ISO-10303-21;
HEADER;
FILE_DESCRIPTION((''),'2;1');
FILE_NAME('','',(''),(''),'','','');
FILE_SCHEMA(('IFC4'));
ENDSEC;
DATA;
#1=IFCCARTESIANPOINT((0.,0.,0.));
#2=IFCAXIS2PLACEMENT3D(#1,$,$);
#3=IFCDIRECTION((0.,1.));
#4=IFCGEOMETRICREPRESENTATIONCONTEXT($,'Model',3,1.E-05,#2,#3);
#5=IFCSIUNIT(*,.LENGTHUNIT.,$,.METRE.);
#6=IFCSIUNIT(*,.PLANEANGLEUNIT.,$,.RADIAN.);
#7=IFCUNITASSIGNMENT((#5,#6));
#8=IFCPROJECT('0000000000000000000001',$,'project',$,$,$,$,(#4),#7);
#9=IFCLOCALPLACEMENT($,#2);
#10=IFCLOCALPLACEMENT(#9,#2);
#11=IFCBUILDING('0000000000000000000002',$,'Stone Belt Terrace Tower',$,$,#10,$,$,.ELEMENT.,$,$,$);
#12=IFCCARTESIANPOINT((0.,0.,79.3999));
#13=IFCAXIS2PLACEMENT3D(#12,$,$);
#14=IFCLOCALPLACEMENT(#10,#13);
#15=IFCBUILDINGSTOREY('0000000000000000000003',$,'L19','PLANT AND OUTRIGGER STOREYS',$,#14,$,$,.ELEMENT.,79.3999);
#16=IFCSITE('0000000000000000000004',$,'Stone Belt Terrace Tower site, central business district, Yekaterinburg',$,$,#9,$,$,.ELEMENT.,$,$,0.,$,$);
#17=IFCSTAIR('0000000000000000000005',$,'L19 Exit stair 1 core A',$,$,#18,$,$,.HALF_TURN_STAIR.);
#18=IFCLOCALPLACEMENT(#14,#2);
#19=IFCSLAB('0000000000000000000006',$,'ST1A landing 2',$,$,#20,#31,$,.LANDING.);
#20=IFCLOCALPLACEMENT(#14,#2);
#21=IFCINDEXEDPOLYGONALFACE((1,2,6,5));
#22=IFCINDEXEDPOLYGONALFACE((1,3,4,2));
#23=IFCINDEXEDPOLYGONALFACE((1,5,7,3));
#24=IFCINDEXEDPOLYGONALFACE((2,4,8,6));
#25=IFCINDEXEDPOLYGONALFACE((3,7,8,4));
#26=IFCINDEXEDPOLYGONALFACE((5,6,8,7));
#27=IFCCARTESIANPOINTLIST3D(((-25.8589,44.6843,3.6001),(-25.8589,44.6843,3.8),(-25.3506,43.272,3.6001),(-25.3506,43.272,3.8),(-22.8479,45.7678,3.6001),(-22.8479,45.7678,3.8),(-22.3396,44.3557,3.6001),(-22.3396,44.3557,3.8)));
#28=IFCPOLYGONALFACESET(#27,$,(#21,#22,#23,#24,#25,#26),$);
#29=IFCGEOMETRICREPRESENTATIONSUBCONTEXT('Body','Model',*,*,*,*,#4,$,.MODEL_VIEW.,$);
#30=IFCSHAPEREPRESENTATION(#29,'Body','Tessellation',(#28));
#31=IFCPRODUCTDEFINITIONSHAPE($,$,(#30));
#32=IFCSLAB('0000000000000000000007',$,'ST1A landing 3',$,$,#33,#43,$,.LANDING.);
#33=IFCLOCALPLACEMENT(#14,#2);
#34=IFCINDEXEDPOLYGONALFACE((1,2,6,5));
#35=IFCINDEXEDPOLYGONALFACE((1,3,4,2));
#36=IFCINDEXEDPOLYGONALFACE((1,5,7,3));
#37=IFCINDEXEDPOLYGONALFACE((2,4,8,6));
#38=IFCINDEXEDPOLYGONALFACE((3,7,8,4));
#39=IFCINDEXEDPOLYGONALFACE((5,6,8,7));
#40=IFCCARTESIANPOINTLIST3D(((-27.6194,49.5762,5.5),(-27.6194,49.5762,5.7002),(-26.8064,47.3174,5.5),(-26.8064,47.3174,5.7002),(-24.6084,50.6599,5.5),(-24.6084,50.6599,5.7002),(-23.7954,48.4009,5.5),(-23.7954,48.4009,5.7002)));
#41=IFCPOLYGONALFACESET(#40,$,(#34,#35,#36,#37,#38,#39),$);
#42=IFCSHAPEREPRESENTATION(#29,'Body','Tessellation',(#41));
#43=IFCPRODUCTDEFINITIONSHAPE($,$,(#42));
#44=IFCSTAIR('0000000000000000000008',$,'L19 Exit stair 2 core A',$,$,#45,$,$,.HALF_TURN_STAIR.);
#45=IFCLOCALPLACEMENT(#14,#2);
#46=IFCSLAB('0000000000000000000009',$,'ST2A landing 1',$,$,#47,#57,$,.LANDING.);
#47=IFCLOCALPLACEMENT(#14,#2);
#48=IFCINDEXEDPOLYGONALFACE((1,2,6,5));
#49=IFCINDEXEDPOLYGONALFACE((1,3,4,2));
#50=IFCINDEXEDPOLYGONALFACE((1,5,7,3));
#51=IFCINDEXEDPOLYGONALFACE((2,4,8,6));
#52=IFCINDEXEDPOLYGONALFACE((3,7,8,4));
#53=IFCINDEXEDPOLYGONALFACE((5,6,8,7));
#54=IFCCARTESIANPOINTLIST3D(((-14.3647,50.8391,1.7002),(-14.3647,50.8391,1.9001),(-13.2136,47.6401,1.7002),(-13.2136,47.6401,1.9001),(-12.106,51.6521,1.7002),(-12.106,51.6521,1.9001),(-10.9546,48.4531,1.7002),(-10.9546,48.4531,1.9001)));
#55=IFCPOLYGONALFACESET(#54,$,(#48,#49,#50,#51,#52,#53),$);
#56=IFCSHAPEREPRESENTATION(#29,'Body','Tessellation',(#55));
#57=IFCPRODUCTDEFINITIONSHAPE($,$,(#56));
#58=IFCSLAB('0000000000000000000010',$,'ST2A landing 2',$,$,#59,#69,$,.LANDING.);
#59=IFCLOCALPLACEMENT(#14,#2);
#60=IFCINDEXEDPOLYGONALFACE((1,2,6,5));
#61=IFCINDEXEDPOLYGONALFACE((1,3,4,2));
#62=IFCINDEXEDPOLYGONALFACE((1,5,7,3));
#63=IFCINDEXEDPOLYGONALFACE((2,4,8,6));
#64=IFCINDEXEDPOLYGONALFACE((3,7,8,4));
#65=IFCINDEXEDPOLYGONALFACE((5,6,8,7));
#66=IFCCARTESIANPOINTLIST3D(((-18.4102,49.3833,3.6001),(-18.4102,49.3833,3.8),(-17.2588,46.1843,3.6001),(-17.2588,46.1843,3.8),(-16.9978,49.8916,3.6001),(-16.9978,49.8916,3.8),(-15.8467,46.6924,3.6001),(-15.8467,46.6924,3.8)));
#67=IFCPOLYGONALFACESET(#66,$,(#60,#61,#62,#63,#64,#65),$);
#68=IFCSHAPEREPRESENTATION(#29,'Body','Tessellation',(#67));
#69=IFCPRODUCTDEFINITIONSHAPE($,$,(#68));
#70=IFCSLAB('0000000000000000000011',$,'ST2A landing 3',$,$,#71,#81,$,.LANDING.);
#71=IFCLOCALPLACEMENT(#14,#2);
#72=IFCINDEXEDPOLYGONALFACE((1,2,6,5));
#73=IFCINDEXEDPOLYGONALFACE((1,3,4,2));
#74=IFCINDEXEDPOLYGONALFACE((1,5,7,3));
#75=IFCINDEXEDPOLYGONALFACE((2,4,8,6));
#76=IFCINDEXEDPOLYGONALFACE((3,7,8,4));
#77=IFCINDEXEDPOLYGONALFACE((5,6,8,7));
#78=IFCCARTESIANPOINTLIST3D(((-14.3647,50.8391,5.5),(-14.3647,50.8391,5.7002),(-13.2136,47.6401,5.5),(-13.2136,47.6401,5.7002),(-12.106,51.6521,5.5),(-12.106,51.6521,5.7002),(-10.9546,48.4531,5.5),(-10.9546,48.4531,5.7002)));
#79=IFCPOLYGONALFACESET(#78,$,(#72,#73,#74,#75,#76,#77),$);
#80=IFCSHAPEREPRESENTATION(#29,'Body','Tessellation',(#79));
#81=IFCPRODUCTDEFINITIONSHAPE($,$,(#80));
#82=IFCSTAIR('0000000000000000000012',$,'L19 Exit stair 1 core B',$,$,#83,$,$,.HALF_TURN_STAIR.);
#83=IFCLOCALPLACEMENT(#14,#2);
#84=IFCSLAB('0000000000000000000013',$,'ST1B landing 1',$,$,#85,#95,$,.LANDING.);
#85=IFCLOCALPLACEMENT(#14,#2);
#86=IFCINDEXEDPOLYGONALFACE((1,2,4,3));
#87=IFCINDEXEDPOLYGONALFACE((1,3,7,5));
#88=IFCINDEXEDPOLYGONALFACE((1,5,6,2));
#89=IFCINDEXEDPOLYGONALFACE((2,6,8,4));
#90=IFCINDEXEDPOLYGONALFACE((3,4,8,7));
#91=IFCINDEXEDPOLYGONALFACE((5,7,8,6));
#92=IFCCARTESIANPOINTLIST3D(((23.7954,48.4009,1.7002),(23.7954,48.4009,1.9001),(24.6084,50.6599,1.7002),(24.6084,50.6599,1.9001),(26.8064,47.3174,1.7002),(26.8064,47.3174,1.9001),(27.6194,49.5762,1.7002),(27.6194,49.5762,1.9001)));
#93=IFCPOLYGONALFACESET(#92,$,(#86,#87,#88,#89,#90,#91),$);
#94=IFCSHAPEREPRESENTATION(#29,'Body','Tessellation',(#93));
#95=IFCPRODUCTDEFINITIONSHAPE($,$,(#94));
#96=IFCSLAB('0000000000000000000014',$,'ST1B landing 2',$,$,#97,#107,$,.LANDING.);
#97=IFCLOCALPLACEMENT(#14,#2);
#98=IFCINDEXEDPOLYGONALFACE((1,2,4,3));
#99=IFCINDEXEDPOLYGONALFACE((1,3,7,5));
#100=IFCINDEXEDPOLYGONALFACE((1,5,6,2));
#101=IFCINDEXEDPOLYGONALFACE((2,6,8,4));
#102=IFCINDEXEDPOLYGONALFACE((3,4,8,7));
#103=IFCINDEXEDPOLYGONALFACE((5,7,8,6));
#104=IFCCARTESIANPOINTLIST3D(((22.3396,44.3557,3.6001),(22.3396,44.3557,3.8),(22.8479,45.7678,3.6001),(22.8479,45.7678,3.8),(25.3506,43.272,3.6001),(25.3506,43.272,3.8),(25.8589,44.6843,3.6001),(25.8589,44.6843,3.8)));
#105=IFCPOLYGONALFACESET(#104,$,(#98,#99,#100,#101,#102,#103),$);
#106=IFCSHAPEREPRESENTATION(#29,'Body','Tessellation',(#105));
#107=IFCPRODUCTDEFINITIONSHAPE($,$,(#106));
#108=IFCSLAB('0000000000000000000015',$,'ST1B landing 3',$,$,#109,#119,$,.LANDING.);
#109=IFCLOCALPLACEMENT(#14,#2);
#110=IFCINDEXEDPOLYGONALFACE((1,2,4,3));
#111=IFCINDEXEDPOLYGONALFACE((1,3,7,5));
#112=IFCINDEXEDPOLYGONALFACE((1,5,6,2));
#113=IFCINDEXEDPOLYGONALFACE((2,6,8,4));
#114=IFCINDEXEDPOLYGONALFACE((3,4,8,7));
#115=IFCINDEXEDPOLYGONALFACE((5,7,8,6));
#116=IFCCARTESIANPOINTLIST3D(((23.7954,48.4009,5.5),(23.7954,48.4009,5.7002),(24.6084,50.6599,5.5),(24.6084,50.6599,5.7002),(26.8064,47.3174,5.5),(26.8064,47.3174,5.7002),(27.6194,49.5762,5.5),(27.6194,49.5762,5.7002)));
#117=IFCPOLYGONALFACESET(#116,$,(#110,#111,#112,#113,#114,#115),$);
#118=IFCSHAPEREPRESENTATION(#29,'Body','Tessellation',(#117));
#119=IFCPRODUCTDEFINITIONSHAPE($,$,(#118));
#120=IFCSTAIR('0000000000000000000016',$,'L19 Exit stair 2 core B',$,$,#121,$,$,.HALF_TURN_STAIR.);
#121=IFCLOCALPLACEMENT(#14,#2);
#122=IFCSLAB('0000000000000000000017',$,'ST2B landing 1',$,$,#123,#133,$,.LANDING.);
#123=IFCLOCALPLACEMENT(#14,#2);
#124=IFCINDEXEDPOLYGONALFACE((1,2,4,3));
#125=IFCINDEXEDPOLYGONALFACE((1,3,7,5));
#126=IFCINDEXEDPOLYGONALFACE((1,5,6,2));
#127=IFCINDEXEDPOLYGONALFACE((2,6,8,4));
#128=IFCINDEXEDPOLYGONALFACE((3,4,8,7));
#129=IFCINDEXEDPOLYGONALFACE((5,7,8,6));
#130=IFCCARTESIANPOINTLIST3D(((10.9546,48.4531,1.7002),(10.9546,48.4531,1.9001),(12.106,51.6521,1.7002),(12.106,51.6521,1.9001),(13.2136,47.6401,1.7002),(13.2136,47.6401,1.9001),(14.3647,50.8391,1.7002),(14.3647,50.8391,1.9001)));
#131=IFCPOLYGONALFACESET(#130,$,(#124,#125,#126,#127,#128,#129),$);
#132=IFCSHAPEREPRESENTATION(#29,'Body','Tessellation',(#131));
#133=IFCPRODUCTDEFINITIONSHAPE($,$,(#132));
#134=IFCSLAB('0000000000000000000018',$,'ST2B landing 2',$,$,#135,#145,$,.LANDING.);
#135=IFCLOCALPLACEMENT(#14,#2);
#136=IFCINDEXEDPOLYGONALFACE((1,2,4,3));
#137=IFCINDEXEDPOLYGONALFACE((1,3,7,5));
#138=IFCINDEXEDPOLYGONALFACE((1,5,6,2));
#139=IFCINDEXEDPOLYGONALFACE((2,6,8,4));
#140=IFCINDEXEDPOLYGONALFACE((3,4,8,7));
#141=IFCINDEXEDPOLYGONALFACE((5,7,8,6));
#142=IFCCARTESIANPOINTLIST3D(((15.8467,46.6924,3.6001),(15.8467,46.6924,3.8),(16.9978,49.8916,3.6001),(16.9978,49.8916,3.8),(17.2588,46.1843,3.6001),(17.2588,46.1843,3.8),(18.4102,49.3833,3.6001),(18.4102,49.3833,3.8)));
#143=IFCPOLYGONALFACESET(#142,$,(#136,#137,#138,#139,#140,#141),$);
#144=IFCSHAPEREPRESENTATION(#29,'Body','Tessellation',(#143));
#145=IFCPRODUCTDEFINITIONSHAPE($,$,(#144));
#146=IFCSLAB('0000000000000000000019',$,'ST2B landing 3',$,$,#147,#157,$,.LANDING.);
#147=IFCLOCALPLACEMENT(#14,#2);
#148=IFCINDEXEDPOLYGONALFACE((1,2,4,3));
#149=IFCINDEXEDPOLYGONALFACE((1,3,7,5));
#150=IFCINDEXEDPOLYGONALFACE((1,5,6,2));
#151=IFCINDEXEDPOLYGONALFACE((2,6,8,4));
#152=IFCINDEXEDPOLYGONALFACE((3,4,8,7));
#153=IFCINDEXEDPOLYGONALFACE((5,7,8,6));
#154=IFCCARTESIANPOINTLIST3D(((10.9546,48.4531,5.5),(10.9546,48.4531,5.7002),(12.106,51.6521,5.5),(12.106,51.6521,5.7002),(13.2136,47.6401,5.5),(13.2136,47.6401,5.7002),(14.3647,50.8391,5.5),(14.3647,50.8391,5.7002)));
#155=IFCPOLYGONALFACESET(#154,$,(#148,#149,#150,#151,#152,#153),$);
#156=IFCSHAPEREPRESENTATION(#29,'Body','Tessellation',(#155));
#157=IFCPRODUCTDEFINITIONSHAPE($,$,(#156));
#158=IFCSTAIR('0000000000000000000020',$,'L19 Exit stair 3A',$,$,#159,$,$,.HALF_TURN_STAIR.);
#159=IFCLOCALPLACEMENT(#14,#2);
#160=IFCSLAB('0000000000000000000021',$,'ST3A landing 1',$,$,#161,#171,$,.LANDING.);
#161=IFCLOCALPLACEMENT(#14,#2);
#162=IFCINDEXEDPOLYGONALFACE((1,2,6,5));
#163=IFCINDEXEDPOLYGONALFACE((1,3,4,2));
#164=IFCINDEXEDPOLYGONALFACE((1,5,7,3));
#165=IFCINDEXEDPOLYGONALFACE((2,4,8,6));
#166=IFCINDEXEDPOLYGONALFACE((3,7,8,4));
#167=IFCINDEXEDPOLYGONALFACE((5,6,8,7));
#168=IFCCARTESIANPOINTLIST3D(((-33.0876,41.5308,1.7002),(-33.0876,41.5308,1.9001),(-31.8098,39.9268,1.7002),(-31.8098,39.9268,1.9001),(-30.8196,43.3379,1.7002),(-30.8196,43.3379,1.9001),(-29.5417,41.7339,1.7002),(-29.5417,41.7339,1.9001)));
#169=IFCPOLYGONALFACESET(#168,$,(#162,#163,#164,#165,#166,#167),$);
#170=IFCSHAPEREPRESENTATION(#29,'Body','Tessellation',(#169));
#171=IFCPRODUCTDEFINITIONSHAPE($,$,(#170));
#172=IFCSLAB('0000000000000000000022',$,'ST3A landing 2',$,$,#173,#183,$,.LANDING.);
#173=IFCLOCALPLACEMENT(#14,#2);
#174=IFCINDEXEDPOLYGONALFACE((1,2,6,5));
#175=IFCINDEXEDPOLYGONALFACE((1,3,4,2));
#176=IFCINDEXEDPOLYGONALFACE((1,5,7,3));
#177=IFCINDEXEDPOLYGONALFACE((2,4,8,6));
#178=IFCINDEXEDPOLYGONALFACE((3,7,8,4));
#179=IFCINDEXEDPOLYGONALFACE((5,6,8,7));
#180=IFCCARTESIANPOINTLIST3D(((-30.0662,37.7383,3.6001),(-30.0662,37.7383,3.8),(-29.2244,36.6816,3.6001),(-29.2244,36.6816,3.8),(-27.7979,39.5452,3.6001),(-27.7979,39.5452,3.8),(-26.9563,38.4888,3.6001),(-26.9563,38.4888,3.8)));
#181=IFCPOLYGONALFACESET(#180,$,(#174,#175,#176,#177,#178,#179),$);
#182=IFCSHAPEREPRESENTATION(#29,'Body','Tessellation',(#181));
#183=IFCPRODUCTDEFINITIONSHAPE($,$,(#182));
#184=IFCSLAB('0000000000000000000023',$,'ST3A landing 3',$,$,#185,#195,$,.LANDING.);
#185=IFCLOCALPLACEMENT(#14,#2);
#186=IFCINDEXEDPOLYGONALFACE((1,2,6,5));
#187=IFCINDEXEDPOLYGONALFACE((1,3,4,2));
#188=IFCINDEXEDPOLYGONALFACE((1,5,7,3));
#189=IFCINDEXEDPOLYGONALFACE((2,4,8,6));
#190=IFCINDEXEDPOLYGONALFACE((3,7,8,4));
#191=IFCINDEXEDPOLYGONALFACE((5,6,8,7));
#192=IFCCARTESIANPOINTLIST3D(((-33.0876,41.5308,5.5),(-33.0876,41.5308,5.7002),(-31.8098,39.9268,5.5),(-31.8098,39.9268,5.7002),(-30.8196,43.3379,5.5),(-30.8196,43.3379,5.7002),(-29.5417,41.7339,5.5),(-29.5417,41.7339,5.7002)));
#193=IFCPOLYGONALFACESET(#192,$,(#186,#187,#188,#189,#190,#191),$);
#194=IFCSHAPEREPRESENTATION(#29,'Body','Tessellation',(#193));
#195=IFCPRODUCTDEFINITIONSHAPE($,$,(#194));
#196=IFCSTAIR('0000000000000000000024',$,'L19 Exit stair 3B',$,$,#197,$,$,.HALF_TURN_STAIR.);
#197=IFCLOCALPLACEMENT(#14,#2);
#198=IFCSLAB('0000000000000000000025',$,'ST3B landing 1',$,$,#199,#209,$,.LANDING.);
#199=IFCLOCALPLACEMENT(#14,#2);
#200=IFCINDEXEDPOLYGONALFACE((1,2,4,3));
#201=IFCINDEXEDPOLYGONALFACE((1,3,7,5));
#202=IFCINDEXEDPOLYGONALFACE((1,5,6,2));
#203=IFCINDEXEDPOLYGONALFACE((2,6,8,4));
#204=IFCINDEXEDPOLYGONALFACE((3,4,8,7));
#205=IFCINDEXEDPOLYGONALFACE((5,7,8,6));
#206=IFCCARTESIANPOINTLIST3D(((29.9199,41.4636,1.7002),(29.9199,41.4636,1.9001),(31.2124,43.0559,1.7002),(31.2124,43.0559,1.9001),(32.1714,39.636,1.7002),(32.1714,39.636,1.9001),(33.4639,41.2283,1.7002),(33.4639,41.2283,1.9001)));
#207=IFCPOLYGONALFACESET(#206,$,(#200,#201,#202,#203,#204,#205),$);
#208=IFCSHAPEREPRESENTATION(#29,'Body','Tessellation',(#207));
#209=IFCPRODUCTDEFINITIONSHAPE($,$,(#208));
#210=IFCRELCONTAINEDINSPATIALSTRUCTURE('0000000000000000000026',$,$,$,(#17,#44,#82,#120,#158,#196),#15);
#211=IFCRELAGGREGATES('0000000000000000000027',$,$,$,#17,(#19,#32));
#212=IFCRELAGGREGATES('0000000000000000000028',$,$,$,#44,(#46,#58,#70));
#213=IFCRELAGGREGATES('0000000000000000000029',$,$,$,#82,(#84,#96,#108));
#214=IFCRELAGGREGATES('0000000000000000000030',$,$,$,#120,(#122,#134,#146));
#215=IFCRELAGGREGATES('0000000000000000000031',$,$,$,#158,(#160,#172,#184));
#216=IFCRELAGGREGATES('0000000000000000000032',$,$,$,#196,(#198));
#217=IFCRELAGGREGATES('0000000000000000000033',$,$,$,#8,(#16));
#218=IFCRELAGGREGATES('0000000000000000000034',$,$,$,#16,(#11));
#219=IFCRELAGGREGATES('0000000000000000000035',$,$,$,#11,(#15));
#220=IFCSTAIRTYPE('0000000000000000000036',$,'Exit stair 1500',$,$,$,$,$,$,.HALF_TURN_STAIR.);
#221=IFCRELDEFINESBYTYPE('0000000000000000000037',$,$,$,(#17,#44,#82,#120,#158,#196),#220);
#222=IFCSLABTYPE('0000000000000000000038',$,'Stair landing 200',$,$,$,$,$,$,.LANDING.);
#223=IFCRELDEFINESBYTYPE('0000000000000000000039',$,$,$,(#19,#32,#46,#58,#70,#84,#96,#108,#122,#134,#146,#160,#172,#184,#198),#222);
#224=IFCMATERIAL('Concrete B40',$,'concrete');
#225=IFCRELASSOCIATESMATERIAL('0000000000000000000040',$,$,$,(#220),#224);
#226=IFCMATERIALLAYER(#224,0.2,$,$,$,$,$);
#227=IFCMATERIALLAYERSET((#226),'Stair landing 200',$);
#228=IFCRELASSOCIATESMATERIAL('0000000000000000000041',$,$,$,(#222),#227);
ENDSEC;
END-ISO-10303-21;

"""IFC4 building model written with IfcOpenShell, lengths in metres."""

from ifc_helpers import new_model, si_unit, direction, frame, origin, place, context, subcontext, project, spatial, polyline, outline, extrude, material, layer, layer_set, type_object, element, aggregate, save


model = new_model("IFC4")

# Units and contexts
model_context = context("Model", 3, precision=1e-05, world=origin(), true_north=direction((0.0, 1.0)))
body_context = subcontext(model_context, "Body", "Model", "MODEL_VIEW")
ifc_project = project(units=[si_unit("LENGTHUNIT", "METRE"), si_unit("PLANEANGLEUNIT", "RADIAN")], contexts=[model_context])

# Site, building, storey
site_placement = place(None, origin())
site = spatial("IfcSite", under=ifc_project, at=site_placement, Name="Stone Belt Terrace Tower site, central business district, Yekaterinburg", CompositionType="ELEMENT", RefElevation=0.0)
building_placement = place(site_placement, origin())
building = spatial("IfcBuilding", under=site, at=building_placement, Name="Stone Belt Terrace Tower", CompositionType="ELEMENT")
storey_placement = place(building_placement, frame((0.0, 0.0, 79.3999)))
storey = spatial("IfcBuildingStorey", under=building, at=storey_placement, Name="L19", Description="PLANT AND OUTRIGGER STOREYS", CompositionType="ELEMENT", Elevation=79.3999)

# Shared definitions
ifc_material = material(Name="Concrete B40", Category="concrete")

# Stairs, slabs
stair_type = type_object("IfcStairType", Name="Exit stair 1500", PredefinedType="HALF_TURN_STAIR", material=ifc_material)
stair_1_placement = place(storey_placement, origin())
stair_1 = element("IfcStair", 1, at=stair_1_placement, inside=storey, type_object=stair_type, Name="L19 Exit stair 1 core A", PredefinedType="HALF_TURN_STAIR")
ifc_layer_1 = layer(ifc_material, 0.2)
ifc_layer_set_1 = layer_set([ifc_layer_1], Name="Stair landing 200")
slab_type_1 = type_object("IfcSlabType", Name="Stair landing 200", PredefinedType="LANDING", material=ifc_layer_set_1)
slab_1_placement = place(storey_placement, frame((0.0, 0.0, 3.6001)))
slab_1 = element("IfcSlab", 2, at=slab_1_placement, type_object=slab_type_1, Name="ST1A landing 2", PredefinedType="LANDING", context=body_context, shape_type="SweptSolid", body=[
    extrude(outline(polyline([(-22.3396, 44.3557), (-22.8479, 45.7678), (-25.8589, 44.6843), (-25.3506, 43.272), (-22.3396, 44.3557)])), origin(), (0.0, 0.0, 1.0), 0.2),
])
slab_2_placement = place(storey_placement, frame((0.0, 0.0, 5.5)))
slab_2 = element("IfcSlab", 3, at=slab_2_placement, type_object=slab_type_1, Name="ST1A landing 3", PredefinedType="LANDING", context=body_context, shape_type="SweptSolid", body=[
    extrude(outline(polyline([(-23.7954, 48.4009), (-24.6084, 50.6599), (-27.6194, 49.5762), (-26.8064, 47.3174), (-23.7954, 48.4009)])), origin(), (0.0, 0.0, 1.0), 0.2002),
])
aggregate(stair_1, [slab_1, slab_2])
stair_2_placement = place(storey_placement, origin())
stair_2 = element("IfcStair", 4, at=stair_2_placement, inside=storey, type_object=stair_type, Name="L19 Exit stair 2 core A", PredefinedType="HALF_TURN_STAIR")
slab_3_placement = place(storey_placement, frame((0.0, 0.0, 1.7002)))
slab_3 = element("IfcSlab", 5, at=slab_3_placement, type_object=slab_type_1, Name="ST2A landing 1", PredefinedType="LANDING", context=body_context, shape_type="SweptSolid", body=[
    extrude(outline(polyline([(-13.2136, 47.6401), (-10.9546, 48.4531), (-12.106, 51.6521), (-14.3647, 50.8391), (-13.2136, 47.6401)])), origin(), (0.0, 0.0, 1.0), 0.2),
])
slab_4_placement = place(storey_placement, frame((0.0, 0.0, 3.6001)))
slab_4 = element("IfcSlab", 6, at=slab_4_placement, type_object=slab_type_1, Name="ST2A landing 2", PredefinedType="LANDING", context=body_context, shape_type="SweptSolid", body=[
    extrude(outline(polyline([(-17.2588, 46.1843), (-15.8467, 46.6924), (-16.9978, 49.8916), (-18.4102, 49.3833), (-17.2588, 46.1843)])), origin(), (0.0, 0.0, 1.0), 0.2),
])
slab_5_placement = place(storey_placement, frame((0.0, 0.0, 5.5)))
slab_5 = element("IfcSlab", 7, at=slab_5_placement, type_object=slab_type_1, Name="ST2A landing 3", PredefinedType="LANDING", context=body_context, shape_type="SweptSolid", body=[
    extrude(outline(polyline([(-13.2136, 47.6401), (-10.9546, 48.4531), (-12.106, 51.6521), (-14.3647, 50.8391), (-13.2136, 47.6401)])), origin(), (0.0, 0.0, 1.0), 0.2002),
])
aggregate(stair_2, [slab_3, slab_4, slab_5])
stair_3_placement = place(storey_placement, origin())
stair_3 = element("IfcStair", 8, at=stair_3_placement, inside=storey, type_object=stair_type, Name="L19 Exit stair 1 core B", PredefinedType="HALF_TURN_STAIR")
slab_6_placement = place(storey_placement, frame((0.0, 0.0, 1.7002)))
slab_6 = element("IfcSlab", 9, at=slab_6_placement, type_object=slab_type_1, Name="ST1B landing 1", PredefinedType="LANDING", context=body_context, shape_type="SweptSolid", body=[
    extrude(outline(polyline([(26.8064, 47.3174), (27.6194, 49.5762), (24.6084, 50.6599), (23.7954, 48.4009), (26.8064, 47.3174)])), origin(), (0.0, 0.0, 1.0), 0.2),
])
slab_7_placement = place(storey_placement, frame((0.0, 0.0, 3.6001)))
slab_7 = element("IfcSlab", 10, at=slab_7_placement, type_object=slab_type_1, Name="ST1B landing 2", PredefinedType="LANDING", context=body_context, shape_type="SweptSolid", body=[
    extrude(outline(polyline([(25.3506, 43.272), (25.8589, 44.6843), (22.8479, 45.7678), (22.3396, 44.3557), (25.3506, 43.272)])), origin(), (0.0, 0.0, 1.0), 0.2),
])
slab_8_placement = place(storey_placement, frame((0.0, 0.0, 5.5)))
slab_8 = element("IfcSlab", 11, at=slab_8_placement, type_object=slab_type_1, Name="ST1B landing 3", PredefinedType="LANDING", context=body_context, shape_type="SweptSolid", body=[
    extrude(outline(polyline([(26.8064, 47.3174), (27.6194, 49.5762), (24.6084, 50.6599), (23.7954, 48.4009), (26.8064, 47.3174)])), origin(), (0.0, 0.0, 1.0), 0.2002),
])
aggregate(stair_3, [slab_6, slab_7, slab_8])
stair_4_placement = place(storey_placement, origin())
stair_4 = element("IfcStair", 12, at=stair_4_placement, inside=storey, type_object=stair_type, Name="L19 Exit stair 2 core B", PredefinedType="HALF_TURN_STAIR")
slab_9_placement = place(storey_placement, frame((0.0, 0.0, 1.7002)))
slab_9 = element("IfcSlab", 13, at=slab_9_placement, type_object=slab_type_1, Name="ST2B landing 1", PredefinedType="LANDING", context=body_context, shape_type="SweptSolid", body=[
    extrude(outline(polyline([(14.3647, 50.8391), (12.106, 51.6521), (10.9546, 48.4531), (13.2136, 47.6401), (14.3647, 50.8391)])), origin(), (0.0, 0.0, 1.0), 0.2),
])
slab_10_placement = place(storey_placement, frame((0.0, 0.0, 3.6001)))
slab_10 = element("IfcSlab", 14, at=slab_10_placement, type_object=slab_type_1, Name="ST2B landing 2", PredefinedType="LANDING", context=body_context, shape_type="SweptSolid", body=[
    extrude(outline(polyline([(18.4102, 49.3833), (16.9978, 49.8916), (15.8467, 46.6924), (17.2588, 46.1843), (18.4102, 49.3833)])), origin(), (0.0, 0.0, 1.0), 0.2),
])
slab_11_placement = place(storey_placement, frame((0.0, 0.0, 5.5)))
slab_11 = element("IfcSlab", 15, at=slab_11_placement, type_object=slab_type_1, Name="ST2B landing 3", PredefinedType="LANDING", context=body_context, shape_type="SweptSolid", body=[
    extrude(outline(polyline([(14.3647, 50.8391), (12.106, 51.6521), (10.9546, 48.4531), (13.2136, 47.6401), (14.3647, 50.8391)])), origin(), (0.0, 0.0, 1.0), 0.2002),
])
aggregate(stair_4, [slab_9, slab_10, slab_11])
stair_5_placement = place(storey_placement, origin())
stair_5 = element("IfcStair", 16, at=stair_5_placement, inside=storey, type_object=stair_type, Name="L19 Exit stair 3A", PredefinedType="HALF_TURN_STAIR")
slab_12_placement = place(storey_placement, frame((0.0, 0.0, 1.7002)))
slab_12 = element("IfcSlab", 17, at=slab_12_placement, type_object=slab_type_1, Name="ST3A landing 1", PredefinedType="LANDING", context=body_context, shape_type="SweptSolid", body=[
    extrude(outline(polyline([(-29.5417, 41.7339), (-30.8196, 43.3379), (-33.0876, 41.5308), (-31.8098, 39.9268), (-29.5417, 41.7339)])), origin(), (0.0, 0.0, 1.0), 0.2),
])
slab_13_placement = place(storey_placement, frame((0.0, 0.0, 3.6001)))
slab_13 = element("IfcSlab", 18, at=slab_13_placement, type_object=slab_type_1, Name="ST3A landing 2", PredefinedType="LANDING", context=body_context, shape_type="SweptSolid", body=[
    extrude(outline(polyline([(-26.9563, 38.4888), (-27.7979, 39.5452), (-30.0662, 37.7383), (-29.2244, 36.6816), (-26.9563, 38.4888)])), origin(), (0.0, 0.0, 1.0), 0.2),
])
slab_14_placement = place(storey_placement, frame((0.0, 0.0, 5.5)))
slab_14 = element("IfcSlab", 19, at=slab_14_placement, type_object=slab_type_1, Name="ST3A landing 3", PredefinedType="LANDING", context=body_context, shape_type="SweptSolid", body=[
    extrude(outline(polyline([(-29.5417, 41.7339), (-30.8196, 43.3379), (-33.0876, 41.5308), (-31.8098, 39.9268), (-29.5417, 41.7339)])), origin(), (0.0, 0.0, 1.0), 0.2002),
])
aggregate(stair_5, [slab_12, slab_13, slab_14])
stair_6_placement = place(storey_placement, origin())
stair_6 = element("IfcStair", 20, at=stair_6_placement, inside=storey, type_object=stair_type, Name="L19 Exit stair 3B", PredefinedType="HALF_TURN_STAIR")
slab_15_placement = place(storey_placement, frame((0.0, 0.0, 1.7002)))
slab_15 = element("IfcSlab", 21, at=slab_15_placement, type_object=slab_type_1, Name="ST3B landing 1", PredefinedType="LANDING", context=body_context, shape_type="SweptSolid", body=[
    extrude(outline(polyline([(32.1714, 39.636), (33.4639, 41.2283), (31.2124, 43.0559), (29.9199, 41.4636), (32.1714, 39.636)])), origin(), (0.0, 0.0, 1.0), 0.2),
])
aggregate(stair_6, [slab_15])

save(model, "model.ifc")
